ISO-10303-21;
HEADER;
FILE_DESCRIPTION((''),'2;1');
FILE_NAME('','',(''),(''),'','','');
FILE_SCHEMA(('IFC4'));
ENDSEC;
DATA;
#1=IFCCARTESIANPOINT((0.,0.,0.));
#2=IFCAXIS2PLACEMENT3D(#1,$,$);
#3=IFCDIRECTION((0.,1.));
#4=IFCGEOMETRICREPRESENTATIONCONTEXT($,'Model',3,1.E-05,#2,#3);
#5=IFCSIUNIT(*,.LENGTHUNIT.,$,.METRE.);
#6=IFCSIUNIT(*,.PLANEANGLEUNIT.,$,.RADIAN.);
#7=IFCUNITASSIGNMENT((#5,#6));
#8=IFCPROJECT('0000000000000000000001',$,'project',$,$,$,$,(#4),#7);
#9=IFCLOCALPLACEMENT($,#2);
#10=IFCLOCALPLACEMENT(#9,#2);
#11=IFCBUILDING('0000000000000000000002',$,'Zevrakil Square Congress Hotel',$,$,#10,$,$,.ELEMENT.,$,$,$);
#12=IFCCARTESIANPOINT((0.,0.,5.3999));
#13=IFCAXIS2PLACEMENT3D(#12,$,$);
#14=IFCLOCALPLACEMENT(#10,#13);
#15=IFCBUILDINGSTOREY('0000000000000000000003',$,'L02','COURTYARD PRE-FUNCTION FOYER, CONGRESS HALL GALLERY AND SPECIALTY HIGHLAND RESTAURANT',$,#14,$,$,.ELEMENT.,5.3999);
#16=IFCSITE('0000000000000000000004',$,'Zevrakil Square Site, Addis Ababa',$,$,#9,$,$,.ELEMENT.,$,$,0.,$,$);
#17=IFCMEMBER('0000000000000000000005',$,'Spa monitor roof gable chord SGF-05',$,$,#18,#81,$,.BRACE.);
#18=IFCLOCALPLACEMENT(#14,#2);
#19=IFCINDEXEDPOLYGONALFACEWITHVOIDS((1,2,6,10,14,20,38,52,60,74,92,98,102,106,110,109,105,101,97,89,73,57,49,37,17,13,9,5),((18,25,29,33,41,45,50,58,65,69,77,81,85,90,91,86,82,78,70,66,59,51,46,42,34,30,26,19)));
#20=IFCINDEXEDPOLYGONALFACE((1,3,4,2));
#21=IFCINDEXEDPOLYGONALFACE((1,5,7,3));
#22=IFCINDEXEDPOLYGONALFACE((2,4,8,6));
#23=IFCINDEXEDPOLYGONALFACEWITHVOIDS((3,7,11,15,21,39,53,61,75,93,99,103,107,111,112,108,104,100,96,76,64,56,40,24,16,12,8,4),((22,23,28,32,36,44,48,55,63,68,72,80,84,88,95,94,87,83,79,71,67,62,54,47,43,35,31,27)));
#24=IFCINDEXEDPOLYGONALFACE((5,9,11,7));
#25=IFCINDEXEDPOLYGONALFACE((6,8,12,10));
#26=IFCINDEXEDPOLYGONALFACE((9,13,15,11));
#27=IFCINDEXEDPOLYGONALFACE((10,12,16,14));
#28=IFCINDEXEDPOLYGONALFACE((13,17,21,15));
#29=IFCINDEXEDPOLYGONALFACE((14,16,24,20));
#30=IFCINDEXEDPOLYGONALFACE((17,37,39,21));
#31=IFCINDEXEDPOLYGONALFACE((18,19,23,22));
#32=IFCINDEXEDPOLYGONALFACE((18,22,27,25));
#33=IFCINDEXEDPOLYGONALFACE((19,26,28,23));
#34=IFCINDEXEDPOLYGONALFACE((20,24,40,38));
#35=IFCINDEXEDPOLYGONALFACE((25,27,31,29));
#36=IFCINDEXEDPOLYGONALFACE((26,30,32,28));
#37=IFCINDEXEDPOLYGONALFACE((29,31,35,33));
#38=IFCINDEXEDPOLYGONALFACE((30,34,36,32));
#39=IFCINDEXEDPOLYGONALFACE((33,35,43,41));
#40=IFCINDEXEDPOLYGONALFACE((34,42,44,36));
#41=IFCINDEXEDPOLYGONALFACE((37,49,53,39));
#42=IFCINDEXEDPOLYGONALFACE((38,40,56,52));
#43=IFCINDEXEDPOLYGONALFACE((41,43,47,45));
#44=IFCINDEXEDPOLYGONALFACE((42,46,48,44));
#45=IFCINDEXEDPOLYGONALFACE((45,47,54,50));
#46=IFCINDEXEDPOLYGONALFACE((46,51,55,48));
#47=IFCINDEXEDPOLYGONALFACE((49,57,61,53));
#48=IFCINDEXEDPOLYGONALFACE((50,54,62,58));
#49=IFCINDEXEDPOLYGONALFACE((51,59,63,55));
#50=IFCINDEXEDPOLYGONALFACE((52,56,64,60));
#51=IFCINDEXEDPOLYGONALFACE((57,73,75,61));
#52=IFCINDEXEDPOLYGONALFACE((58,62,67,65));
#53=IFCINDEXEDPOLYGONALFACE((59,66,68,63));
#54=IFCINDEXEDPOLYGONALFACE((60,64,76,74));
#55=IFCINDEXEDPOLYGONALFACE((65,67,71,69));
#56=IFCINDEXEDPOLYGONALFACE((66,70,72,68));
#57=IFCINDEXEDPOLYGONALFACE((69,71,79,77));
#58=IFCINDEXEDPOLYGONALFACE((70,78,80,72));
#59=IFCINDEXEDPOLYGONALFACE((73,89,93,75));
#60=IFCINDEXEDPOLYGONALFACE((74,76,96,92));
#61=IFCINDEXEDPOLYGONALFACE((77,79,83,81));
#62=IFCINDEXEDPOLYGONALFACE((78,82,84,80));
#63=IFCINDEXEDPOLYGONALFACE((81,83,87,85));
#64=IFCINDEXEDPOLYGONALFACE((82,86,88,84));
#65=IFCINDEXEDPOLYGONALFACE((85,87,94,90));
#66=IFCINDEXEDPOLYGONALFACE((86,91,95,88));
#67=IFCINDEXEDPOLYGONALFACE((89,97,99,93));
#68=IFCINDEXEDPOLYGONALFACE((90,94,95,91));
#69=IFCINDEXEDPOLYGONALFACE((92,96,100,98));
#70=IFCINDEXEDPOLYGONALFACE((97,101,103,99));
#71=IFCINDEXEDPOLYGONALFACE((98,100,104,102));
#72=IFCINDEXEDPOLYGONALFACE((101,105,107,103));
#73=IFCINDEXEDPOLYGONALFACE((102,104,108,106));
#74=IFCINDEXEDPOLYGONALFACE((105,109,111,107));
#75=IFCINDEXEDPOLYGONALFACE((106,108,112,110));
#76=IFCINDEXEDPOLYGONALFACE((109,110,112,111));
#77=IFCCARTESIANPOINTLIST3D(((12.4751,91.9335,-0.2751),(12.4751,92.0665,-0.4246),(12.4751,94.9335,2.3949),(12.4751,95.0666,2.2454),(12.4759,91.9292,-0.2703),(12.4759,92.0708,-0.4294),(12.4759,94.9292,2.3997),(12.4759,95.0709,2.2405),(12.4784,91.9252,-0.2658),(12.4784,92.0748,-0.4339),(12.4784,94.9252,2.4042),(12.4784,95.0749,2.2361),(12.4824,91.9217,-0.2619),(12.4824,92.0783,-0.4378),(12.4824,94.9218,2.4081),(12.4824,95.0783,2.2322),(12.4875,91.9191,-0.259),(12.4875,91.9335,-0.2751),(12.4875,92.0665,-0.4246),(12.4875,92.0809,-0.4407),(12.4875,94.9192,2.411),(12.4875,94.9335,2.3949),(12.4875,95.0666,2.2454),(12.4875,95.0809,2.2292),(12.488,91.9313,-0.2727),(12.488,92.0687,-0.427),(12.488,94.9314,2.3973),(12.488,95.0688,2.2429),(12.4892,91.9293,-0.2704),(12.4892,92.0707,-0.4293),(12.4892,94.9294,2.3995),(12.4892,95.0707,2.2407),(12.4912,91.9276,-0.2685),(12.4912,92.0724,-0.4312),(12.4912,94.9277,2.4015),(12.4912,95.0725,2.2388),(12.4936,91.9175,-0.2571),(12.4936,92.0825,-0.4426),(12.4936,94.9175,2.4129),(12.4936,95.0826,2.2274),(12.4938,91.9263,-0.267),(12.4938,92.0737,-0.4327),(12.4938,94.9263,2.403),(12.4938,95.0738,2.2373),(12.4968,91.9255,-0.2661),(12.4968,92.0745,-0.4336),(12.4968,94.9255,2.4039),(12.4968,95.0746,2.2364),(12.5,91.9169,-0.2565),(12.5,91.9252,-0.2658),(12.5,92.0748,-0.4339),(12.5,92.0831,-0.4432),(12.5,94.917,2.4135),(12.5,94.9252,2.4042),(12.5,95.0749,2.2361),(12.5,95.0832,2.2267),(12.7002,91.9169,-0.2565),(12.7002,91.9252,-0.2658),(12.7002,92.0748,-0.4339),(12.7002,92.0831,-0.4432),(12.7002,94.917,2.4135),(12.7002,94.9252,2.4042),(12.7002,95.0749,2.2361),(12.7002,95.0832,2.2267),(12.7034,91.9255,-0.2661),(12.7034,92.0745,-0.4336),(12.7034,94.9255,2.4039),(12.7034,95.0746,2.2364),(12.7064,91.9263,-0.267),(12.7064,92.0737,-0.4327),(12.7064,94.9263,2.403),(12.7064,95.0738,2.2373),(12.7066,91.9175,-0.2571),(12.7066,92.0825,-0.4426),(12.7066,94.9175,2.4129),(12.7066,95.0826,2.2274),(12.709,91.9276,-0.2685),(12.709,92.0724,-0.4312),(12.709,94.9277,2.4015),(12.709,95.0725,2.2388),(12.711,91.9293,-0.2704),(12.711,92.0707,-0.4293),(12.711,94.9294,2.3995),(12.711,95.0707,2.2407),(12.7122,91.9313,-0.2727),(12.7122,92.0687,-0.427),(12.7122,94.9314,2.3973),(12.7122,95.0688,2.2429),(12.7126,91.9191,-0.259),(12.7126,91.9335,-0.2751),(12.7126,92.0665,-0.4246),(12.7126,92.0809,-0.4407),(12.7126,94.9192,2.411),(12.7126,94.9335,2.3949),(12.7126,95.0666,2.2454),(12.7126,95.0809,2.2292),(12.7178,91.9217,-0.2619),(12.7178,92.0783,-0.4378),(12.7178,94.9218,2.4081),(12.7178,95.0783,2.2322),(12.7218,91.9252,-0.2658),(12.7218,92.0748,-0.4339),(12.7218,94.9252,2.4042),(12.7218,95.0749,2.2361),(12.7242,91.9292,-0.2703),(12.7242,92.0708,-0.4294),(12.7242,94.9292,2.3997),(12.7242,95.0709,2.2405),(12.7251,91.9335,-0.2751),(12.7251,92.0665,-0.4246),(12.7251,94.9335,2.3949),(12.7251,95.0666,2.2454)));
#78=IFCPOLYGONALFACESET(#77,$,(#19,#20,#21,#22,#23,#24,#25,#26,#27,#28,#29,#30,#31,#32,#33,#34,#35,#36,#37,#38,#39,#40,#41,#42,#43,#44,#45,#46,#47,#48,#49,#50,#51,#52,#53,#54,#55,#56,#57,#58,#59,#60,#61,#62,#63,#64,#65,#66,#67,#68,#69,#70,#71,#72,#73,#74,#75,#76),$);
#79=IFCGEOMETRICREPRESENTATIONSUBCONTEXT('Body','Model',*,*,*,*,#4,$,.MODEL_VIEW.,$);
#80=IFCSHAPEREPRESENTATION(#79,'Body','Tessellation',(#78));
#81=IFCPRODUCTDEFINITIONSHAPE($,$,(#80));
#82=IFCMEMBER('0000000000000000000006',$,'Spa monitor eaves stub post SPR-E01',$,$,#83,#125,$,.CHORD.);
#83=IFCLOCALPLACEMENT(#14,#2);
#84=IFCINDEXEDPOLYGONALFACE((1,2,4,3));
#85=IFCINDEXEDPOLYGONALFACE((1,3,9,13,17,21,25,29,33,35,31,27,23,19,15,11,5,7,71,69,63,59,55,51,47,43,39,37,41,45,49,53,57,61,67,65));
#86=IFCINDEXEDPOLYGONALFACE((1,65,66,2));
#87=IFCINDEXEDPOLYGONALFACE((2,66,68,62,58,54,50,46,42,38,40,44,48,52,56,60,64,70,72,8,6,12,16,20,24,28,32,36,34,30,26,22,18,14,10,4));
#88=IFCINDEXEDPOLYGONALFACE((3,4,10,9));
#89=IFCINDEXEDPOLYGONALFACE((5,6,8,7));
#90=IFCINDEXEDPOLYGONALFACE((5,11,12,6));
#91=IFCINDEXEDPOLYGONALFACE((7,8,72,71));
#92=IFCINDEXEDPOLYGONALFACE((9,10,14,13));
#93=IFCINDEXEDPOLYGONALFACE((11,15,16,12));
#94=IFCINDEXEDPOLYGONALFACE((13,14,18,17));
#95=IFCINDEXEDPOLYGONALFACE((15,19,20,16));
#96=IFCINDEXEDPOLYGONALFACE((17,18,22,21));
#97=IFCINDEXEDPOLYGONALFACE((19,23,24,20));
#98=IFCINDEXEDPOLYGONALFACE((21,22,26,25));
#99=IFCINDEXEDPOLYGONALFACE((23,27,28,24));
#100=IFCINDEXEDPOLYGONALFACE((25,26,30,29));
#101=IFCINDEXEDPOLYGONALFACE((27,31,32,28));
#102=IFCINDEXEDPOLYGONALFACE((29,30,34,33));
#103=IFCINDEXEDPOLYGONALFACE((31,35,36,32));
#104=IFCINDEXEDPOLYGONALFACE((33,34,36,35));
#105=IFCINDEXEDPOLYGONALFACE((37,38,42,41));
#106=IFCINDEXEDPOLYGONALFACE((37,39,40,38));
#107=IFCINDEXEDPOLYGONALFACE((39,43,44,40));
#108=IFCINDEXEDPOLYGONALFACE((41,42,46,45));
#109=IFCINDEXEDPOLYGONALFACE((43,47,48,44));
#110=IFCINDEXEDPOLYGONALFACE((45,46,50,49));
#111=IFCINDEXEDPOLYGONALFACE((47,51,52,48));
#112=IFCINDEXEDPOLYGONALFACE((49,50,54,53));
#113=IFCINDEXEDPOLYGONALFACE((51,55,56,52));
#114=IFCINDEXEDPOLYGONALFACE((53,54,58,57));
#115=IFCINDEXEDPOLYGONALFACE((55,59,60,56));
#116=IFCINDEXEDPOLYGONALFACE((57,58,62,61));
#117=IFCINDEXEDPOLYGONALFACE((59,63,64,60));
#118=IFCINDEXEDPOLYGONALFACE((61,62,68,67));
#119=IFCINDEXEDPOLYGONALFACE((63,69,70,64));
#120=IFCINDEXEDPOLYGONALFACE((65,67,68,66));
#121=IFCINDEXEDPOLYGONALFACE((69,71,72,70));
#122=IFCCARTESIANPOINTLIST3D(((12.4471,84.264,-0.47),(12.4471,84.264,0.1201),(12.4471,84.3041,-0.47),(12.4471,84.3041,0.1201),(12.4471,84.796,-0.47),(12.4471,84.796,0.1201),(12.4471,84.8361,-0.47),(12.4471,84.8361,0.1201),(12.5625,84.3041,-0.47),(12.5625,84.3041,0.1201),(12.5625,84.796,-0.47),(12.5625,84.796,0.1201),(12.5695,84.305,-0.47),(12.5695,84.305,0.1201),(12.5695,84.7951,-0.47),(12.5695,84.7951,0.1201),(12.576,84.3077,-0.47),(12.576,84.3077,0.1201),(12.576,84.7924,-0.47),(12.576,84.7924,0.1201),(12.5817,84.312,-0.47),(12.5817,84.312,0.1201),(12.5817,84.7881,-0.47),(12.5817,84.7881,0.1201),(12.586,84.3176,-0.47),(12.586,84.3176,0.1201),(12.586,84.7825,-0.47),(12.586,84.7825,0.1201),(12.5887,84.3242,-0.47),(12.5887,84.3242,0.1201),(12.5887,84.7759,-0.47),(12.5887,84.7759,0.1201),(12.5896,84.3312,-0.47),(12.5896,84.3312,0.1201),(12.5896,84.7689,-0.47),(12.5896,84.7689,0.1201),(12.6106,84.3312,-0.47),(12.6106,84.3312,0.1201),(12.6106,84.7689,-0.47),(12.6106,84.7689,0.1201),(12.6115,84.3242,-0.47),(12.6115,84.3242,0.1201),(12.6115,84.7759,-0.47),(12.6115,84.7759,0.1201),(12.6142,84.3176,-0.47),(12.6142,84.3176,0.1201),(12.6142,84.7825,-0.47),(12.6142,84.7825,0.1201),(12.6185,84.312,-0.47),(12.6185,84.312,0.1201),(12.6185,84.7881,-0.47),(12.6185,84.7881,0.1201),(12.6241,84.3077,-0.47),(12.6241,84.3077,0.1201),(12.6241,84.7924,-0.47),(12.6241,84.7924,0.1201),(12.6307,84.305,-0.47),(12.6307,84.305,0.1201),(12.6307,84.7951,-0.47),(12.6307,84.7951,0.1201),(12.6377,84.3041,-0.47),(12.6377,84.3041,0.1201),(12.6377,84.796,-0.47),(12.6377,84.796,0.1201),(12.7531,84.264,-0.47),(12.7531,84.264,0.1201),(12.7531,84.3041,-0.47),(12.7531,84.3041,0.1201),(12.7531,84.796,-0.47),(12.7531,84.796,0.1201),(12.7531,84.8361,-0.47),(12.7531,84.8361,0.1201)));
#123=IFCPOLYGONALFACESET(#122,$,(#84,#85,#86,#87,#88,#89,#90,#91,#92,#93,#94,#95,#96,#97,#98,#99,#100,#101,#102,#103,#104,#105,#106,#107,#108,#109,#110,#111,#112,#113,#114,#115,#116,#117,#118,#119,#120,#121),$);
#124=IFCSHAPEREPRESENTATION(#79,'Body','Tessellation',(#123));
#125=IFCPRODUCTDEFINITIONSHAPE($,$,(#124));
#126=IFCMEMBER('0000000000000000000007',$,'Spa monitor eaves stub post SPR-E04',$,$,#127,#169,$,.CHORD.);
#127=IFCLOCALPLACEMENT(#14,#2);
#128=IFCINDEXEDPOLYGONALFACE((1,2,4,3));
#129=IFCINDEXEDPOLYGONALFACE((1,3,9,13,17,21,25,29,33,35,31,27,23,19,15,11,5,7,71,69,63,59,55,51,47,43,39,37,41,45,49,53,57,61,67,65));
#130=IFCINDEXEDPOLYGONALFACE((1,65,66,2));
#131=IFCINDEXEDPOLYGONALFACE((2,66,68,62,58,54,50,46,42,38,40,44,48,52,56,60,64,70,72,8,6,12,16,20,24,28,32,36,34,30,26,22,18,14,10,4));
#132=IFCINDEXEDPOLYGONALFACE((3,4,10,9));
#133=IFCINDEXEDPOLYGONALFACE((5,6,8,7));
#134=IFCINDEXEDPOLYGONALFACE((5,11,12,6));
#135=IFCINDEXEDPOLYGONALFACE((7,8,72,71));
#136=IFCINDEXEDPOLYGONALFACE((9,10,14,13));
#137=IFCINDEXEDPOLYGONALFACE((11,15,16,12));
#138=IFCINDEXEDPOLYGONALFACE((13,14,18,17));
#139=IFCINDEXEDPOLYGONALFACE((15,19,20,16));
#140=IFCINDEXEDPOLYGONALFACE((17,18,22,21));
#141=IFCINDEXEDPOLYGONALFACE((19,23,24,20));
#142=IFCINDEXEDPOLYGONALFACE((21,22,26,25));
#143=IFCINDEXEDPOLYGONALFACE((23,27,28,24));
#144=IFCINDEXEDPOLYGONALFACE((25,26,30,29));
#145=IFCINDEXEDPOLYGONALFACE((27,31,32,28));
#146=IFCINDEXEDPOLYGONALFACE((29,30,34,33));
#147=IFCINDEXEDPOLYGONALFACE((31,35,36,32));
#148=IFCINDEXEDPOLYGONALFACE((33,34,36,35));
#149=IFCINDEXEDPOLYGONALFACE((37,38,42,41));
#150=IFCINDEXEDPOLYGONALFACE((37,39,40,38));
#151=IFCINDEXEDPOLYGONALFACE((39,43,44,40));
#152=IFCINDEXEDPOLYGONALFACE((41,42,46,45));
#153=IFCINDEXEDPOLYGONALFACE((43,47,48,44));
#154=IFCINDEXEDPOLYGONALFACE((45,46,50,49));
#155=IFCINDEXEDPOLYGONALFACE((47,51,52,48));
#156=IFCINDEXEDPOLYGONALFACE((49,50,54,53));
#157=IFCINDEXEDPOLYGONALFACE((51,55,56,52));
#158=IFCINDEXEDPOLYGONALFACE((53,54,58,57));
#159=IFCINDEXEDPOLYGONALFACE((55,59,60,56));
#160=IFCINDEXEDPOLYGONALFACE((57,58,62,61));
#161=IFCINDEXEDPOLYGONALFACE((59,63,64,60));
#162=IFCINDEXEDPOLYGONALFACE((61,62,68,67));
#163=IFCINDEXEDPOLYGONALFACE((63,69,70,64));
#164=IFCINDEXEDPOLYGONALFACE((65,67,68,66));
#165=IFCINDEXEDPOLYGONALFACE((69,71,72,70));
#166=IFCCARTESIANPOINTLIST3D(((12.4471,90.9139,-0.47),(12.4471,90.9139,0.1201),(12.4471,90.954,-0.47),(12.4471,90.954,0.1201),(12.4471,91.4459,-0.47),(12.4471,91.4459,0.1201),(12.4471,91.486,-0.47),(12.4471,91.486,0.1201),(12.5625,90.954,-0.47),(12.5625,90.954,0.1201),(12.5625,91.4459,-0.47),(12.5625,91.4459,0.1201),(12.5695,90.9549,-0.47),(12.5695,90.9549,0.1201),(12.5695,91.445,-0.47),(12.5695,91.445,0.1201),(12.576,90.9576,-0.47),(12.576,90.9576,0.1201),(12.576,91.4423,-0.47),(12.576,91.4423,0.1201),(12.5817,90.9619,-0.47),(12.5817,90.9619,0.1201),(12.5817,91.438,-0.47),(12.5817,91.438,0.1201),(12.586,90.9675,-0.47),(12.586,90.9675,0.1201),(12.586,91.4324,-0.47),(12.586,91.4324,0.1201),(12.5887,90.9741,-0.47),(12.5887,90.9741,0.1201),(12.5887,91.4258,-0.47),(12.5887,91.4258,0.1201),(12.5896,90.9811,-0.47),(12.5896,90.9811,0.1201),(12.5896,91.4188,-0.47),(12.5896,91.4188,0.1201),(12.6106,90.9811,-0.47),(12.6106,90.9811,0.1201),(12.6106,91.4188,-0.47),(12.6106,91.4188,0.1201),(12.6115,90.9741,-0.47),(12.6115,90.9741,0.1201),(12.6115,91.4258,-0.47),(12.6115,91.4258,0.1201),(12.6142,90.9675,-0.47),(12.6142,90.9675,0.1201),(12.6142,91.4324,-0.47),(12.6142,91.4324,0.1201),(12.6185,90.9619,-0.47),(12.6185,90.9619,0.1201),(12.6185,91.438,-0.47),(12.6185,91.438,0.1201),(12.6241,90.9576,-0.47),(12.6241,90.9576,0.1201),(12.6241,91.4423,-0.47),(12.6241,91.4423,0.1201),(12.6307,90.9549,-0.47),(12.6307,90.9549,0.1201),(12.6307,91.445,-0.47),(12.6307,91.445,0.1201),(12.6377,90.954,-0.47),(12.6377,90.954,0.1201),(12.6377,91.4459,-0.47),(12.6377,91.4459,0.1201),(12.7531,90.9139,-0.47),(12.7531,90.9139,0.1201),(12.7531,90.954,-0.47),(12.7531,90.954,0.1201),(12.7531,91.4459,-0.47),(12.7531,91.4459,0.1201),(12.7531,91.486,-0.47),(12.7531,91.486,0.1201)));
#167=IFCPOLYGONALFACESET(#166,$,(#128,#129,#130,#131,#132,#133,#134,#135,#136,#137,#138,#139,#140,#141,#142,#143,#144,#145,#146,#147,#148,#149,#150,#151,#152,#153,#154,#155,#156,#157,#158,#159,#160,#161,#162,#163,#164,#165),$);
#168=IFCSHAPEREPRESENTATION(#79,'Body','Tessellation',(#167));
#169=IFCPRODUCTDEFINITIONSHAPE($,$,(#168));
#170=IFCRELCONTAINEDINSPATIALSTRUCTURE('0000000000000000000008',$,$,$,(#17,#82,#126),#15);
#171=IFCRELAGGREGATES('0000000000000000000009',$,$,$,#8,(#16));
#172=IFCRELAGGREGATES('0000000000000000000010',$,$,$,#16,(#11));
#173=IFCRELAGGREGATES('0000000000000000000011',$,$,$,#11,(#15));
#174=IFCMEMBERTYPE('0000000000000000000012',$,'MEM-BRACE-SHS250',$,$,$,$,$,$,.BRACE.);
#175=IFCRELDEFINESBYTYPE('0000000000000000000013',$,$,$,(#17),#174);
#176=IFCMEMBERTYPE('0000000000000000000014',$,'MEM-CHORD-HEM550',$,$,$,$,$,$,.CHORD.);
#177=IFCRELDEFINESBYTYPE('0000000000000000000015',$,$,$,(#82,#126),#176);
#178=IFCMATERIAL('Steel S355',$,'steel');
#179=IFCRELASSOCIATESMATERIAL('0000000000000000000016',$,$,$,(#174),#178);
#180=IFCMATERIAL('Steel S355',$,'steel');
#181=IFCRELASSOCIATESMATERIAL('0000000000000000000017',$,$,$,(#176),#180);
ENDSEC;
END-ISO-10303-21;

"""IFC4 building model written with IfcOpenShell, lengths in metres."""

from ifc_helpers import new_model, si_unit, direction, frame, origin, origin_2d, place, context, subcontext, project, spatial, hollow_rectangle, i_section, extrude, material, material_profile, profile_set, type_object, element, save


model = new_model("IFC4")

# Units and contexts
model_context = context("Model", 3, precision=1e-05, world=origin(), true_north=direction((0.0, 1.0)))
body_context = subcontext(model_context, "Body", "Model", "MODEL_VIEW")
ifc_project = project(units=[si_unit("LENGTHUNIT", "METRE"), si_unit("PLANEANGLEUNIT", "RADIAN")], contexts=[model_context])

# Site, building, storey
site_placement = place(None, origin())
site = spatial("IfcSite", under=ifc_project, at=site_placement, Name="Zevrakil Square Site, Addis Ababa", CompositionType="ELEMENT", RefElevation=0.0)
building_placement = place(site_placement, origin())
building = spatial("IfcBuilding", under=site, at=building_placement, Name="Zevrakil Square Congress Hotel", CompositionType="ELEMENT")
storey_placement = place(building_placement, frame((0.0, 0.0, 5.3999)))
storey = spatial("IfcBuildingStorey", under=building, at=storey_placement, Name="L02", Description="COURTYARD PRE-FUNCTION FOYER, CONGRESS HALL GALLERY AND SPECIALTY HIGHLAND RESTAURANT", CompositionType="ELEMENT", Elevation=5.3999)

# Members
ifc_material_1 = material(Name="Steel S355", Category="steel")
ifc_material_profile_1 = material_profile(ifc_material_1, hollow_rectangle(XDim=0.25, YDim=0.25, WallThickness=0.0125, InnerFilletRadius=0.0125, OuterFilletRadius=0.0249, at=origin_2d()), Name="SHS 250x250x12.5")
ifc_profile_set_1 = profile_set([ifc_material_profile_1], Name="Steel S355")
member_type_1 = type_object("IfcMemberType", Name="MEM-BRACE-SHS250", PredefinedType="BRACE", material=ifc_profile_set_1)
member_1_placement = place(storey_placement, frame((12.6001, 92.0, -0.3499), z_axis=(0.0, 0.747007, 0.664817), x_axis=(-1.0, 0.0, 0.0)))
element("IfcMember", 1, at=member_1_placement, inside=storey, type_object=member_type_1, Name="Spa monitor roof gable chord SGF-05", PredefinedType="BRACE", context=body_context, shape_type="SweptSolid", body=[
    extrude(hollow_rectangle(XDim=0.25, YDim=0.25, WallThickness=0.0125, InnerFilletRadius=0.0125, OuterFilletRadius=0.0249, at=origin_2d()), origin(), (0.0, 0.0, 1.0), 4.0161),
])
ifc_material_2 = material(Name="Steel S355", Category="steel")
ifc_material_profile_2 = material_profile(ifc_material_2, i_section(OverallWidth=0.3059, OverallDepth=0.572, WebThickness=0.021, FlangeThickness=0.04, FilletRadius=0.0271, at=origin_2d()), Name="HEM 550")
ifc_profile_set_2 = profile_set([ifc_material_profile_2], Name="Steel S355")
member_type_2 = type_object("IfcMemberType", Name="MEM-CHORD-HEM550", PredefinedType="CHORD", material=ifc_profile_set_2)
for number, where, z_axis, x_axis, name in (
    (2, (12.6001, 84.55, -0.47), (0.0, 0.0, 1.0), (1.0, 0.0, 0.0), "Spa monitor eaves stub post SPR-E01"),
    (3, (12.6001, 91.2, -0.47), (0.0, 0.0, 1.0), (1.0, 0.0, 0.0), "Spa monitor eaves stub post SPR-E04"),
):
    element("IfcMember", number, at=place(storey_placement, frame(where, z_axis=z_axis, x_axis=x_axis)), inside=storey, type_object=member_type_2, Name=name, PredefinedType="CHORD", context=body_context, shape_type="SweptSolid", body=[
        extrude(i_section(OverallWidth=0.3059, OverallDepth=0.572, WebThickness=0.021, FlangeThickness=0.04, FilletRadius=0.0271, at=origin_2d()), origin(), (0.0, 0.0, 1.0), 0.5901),
    ])

save(model, "model.ifc")
